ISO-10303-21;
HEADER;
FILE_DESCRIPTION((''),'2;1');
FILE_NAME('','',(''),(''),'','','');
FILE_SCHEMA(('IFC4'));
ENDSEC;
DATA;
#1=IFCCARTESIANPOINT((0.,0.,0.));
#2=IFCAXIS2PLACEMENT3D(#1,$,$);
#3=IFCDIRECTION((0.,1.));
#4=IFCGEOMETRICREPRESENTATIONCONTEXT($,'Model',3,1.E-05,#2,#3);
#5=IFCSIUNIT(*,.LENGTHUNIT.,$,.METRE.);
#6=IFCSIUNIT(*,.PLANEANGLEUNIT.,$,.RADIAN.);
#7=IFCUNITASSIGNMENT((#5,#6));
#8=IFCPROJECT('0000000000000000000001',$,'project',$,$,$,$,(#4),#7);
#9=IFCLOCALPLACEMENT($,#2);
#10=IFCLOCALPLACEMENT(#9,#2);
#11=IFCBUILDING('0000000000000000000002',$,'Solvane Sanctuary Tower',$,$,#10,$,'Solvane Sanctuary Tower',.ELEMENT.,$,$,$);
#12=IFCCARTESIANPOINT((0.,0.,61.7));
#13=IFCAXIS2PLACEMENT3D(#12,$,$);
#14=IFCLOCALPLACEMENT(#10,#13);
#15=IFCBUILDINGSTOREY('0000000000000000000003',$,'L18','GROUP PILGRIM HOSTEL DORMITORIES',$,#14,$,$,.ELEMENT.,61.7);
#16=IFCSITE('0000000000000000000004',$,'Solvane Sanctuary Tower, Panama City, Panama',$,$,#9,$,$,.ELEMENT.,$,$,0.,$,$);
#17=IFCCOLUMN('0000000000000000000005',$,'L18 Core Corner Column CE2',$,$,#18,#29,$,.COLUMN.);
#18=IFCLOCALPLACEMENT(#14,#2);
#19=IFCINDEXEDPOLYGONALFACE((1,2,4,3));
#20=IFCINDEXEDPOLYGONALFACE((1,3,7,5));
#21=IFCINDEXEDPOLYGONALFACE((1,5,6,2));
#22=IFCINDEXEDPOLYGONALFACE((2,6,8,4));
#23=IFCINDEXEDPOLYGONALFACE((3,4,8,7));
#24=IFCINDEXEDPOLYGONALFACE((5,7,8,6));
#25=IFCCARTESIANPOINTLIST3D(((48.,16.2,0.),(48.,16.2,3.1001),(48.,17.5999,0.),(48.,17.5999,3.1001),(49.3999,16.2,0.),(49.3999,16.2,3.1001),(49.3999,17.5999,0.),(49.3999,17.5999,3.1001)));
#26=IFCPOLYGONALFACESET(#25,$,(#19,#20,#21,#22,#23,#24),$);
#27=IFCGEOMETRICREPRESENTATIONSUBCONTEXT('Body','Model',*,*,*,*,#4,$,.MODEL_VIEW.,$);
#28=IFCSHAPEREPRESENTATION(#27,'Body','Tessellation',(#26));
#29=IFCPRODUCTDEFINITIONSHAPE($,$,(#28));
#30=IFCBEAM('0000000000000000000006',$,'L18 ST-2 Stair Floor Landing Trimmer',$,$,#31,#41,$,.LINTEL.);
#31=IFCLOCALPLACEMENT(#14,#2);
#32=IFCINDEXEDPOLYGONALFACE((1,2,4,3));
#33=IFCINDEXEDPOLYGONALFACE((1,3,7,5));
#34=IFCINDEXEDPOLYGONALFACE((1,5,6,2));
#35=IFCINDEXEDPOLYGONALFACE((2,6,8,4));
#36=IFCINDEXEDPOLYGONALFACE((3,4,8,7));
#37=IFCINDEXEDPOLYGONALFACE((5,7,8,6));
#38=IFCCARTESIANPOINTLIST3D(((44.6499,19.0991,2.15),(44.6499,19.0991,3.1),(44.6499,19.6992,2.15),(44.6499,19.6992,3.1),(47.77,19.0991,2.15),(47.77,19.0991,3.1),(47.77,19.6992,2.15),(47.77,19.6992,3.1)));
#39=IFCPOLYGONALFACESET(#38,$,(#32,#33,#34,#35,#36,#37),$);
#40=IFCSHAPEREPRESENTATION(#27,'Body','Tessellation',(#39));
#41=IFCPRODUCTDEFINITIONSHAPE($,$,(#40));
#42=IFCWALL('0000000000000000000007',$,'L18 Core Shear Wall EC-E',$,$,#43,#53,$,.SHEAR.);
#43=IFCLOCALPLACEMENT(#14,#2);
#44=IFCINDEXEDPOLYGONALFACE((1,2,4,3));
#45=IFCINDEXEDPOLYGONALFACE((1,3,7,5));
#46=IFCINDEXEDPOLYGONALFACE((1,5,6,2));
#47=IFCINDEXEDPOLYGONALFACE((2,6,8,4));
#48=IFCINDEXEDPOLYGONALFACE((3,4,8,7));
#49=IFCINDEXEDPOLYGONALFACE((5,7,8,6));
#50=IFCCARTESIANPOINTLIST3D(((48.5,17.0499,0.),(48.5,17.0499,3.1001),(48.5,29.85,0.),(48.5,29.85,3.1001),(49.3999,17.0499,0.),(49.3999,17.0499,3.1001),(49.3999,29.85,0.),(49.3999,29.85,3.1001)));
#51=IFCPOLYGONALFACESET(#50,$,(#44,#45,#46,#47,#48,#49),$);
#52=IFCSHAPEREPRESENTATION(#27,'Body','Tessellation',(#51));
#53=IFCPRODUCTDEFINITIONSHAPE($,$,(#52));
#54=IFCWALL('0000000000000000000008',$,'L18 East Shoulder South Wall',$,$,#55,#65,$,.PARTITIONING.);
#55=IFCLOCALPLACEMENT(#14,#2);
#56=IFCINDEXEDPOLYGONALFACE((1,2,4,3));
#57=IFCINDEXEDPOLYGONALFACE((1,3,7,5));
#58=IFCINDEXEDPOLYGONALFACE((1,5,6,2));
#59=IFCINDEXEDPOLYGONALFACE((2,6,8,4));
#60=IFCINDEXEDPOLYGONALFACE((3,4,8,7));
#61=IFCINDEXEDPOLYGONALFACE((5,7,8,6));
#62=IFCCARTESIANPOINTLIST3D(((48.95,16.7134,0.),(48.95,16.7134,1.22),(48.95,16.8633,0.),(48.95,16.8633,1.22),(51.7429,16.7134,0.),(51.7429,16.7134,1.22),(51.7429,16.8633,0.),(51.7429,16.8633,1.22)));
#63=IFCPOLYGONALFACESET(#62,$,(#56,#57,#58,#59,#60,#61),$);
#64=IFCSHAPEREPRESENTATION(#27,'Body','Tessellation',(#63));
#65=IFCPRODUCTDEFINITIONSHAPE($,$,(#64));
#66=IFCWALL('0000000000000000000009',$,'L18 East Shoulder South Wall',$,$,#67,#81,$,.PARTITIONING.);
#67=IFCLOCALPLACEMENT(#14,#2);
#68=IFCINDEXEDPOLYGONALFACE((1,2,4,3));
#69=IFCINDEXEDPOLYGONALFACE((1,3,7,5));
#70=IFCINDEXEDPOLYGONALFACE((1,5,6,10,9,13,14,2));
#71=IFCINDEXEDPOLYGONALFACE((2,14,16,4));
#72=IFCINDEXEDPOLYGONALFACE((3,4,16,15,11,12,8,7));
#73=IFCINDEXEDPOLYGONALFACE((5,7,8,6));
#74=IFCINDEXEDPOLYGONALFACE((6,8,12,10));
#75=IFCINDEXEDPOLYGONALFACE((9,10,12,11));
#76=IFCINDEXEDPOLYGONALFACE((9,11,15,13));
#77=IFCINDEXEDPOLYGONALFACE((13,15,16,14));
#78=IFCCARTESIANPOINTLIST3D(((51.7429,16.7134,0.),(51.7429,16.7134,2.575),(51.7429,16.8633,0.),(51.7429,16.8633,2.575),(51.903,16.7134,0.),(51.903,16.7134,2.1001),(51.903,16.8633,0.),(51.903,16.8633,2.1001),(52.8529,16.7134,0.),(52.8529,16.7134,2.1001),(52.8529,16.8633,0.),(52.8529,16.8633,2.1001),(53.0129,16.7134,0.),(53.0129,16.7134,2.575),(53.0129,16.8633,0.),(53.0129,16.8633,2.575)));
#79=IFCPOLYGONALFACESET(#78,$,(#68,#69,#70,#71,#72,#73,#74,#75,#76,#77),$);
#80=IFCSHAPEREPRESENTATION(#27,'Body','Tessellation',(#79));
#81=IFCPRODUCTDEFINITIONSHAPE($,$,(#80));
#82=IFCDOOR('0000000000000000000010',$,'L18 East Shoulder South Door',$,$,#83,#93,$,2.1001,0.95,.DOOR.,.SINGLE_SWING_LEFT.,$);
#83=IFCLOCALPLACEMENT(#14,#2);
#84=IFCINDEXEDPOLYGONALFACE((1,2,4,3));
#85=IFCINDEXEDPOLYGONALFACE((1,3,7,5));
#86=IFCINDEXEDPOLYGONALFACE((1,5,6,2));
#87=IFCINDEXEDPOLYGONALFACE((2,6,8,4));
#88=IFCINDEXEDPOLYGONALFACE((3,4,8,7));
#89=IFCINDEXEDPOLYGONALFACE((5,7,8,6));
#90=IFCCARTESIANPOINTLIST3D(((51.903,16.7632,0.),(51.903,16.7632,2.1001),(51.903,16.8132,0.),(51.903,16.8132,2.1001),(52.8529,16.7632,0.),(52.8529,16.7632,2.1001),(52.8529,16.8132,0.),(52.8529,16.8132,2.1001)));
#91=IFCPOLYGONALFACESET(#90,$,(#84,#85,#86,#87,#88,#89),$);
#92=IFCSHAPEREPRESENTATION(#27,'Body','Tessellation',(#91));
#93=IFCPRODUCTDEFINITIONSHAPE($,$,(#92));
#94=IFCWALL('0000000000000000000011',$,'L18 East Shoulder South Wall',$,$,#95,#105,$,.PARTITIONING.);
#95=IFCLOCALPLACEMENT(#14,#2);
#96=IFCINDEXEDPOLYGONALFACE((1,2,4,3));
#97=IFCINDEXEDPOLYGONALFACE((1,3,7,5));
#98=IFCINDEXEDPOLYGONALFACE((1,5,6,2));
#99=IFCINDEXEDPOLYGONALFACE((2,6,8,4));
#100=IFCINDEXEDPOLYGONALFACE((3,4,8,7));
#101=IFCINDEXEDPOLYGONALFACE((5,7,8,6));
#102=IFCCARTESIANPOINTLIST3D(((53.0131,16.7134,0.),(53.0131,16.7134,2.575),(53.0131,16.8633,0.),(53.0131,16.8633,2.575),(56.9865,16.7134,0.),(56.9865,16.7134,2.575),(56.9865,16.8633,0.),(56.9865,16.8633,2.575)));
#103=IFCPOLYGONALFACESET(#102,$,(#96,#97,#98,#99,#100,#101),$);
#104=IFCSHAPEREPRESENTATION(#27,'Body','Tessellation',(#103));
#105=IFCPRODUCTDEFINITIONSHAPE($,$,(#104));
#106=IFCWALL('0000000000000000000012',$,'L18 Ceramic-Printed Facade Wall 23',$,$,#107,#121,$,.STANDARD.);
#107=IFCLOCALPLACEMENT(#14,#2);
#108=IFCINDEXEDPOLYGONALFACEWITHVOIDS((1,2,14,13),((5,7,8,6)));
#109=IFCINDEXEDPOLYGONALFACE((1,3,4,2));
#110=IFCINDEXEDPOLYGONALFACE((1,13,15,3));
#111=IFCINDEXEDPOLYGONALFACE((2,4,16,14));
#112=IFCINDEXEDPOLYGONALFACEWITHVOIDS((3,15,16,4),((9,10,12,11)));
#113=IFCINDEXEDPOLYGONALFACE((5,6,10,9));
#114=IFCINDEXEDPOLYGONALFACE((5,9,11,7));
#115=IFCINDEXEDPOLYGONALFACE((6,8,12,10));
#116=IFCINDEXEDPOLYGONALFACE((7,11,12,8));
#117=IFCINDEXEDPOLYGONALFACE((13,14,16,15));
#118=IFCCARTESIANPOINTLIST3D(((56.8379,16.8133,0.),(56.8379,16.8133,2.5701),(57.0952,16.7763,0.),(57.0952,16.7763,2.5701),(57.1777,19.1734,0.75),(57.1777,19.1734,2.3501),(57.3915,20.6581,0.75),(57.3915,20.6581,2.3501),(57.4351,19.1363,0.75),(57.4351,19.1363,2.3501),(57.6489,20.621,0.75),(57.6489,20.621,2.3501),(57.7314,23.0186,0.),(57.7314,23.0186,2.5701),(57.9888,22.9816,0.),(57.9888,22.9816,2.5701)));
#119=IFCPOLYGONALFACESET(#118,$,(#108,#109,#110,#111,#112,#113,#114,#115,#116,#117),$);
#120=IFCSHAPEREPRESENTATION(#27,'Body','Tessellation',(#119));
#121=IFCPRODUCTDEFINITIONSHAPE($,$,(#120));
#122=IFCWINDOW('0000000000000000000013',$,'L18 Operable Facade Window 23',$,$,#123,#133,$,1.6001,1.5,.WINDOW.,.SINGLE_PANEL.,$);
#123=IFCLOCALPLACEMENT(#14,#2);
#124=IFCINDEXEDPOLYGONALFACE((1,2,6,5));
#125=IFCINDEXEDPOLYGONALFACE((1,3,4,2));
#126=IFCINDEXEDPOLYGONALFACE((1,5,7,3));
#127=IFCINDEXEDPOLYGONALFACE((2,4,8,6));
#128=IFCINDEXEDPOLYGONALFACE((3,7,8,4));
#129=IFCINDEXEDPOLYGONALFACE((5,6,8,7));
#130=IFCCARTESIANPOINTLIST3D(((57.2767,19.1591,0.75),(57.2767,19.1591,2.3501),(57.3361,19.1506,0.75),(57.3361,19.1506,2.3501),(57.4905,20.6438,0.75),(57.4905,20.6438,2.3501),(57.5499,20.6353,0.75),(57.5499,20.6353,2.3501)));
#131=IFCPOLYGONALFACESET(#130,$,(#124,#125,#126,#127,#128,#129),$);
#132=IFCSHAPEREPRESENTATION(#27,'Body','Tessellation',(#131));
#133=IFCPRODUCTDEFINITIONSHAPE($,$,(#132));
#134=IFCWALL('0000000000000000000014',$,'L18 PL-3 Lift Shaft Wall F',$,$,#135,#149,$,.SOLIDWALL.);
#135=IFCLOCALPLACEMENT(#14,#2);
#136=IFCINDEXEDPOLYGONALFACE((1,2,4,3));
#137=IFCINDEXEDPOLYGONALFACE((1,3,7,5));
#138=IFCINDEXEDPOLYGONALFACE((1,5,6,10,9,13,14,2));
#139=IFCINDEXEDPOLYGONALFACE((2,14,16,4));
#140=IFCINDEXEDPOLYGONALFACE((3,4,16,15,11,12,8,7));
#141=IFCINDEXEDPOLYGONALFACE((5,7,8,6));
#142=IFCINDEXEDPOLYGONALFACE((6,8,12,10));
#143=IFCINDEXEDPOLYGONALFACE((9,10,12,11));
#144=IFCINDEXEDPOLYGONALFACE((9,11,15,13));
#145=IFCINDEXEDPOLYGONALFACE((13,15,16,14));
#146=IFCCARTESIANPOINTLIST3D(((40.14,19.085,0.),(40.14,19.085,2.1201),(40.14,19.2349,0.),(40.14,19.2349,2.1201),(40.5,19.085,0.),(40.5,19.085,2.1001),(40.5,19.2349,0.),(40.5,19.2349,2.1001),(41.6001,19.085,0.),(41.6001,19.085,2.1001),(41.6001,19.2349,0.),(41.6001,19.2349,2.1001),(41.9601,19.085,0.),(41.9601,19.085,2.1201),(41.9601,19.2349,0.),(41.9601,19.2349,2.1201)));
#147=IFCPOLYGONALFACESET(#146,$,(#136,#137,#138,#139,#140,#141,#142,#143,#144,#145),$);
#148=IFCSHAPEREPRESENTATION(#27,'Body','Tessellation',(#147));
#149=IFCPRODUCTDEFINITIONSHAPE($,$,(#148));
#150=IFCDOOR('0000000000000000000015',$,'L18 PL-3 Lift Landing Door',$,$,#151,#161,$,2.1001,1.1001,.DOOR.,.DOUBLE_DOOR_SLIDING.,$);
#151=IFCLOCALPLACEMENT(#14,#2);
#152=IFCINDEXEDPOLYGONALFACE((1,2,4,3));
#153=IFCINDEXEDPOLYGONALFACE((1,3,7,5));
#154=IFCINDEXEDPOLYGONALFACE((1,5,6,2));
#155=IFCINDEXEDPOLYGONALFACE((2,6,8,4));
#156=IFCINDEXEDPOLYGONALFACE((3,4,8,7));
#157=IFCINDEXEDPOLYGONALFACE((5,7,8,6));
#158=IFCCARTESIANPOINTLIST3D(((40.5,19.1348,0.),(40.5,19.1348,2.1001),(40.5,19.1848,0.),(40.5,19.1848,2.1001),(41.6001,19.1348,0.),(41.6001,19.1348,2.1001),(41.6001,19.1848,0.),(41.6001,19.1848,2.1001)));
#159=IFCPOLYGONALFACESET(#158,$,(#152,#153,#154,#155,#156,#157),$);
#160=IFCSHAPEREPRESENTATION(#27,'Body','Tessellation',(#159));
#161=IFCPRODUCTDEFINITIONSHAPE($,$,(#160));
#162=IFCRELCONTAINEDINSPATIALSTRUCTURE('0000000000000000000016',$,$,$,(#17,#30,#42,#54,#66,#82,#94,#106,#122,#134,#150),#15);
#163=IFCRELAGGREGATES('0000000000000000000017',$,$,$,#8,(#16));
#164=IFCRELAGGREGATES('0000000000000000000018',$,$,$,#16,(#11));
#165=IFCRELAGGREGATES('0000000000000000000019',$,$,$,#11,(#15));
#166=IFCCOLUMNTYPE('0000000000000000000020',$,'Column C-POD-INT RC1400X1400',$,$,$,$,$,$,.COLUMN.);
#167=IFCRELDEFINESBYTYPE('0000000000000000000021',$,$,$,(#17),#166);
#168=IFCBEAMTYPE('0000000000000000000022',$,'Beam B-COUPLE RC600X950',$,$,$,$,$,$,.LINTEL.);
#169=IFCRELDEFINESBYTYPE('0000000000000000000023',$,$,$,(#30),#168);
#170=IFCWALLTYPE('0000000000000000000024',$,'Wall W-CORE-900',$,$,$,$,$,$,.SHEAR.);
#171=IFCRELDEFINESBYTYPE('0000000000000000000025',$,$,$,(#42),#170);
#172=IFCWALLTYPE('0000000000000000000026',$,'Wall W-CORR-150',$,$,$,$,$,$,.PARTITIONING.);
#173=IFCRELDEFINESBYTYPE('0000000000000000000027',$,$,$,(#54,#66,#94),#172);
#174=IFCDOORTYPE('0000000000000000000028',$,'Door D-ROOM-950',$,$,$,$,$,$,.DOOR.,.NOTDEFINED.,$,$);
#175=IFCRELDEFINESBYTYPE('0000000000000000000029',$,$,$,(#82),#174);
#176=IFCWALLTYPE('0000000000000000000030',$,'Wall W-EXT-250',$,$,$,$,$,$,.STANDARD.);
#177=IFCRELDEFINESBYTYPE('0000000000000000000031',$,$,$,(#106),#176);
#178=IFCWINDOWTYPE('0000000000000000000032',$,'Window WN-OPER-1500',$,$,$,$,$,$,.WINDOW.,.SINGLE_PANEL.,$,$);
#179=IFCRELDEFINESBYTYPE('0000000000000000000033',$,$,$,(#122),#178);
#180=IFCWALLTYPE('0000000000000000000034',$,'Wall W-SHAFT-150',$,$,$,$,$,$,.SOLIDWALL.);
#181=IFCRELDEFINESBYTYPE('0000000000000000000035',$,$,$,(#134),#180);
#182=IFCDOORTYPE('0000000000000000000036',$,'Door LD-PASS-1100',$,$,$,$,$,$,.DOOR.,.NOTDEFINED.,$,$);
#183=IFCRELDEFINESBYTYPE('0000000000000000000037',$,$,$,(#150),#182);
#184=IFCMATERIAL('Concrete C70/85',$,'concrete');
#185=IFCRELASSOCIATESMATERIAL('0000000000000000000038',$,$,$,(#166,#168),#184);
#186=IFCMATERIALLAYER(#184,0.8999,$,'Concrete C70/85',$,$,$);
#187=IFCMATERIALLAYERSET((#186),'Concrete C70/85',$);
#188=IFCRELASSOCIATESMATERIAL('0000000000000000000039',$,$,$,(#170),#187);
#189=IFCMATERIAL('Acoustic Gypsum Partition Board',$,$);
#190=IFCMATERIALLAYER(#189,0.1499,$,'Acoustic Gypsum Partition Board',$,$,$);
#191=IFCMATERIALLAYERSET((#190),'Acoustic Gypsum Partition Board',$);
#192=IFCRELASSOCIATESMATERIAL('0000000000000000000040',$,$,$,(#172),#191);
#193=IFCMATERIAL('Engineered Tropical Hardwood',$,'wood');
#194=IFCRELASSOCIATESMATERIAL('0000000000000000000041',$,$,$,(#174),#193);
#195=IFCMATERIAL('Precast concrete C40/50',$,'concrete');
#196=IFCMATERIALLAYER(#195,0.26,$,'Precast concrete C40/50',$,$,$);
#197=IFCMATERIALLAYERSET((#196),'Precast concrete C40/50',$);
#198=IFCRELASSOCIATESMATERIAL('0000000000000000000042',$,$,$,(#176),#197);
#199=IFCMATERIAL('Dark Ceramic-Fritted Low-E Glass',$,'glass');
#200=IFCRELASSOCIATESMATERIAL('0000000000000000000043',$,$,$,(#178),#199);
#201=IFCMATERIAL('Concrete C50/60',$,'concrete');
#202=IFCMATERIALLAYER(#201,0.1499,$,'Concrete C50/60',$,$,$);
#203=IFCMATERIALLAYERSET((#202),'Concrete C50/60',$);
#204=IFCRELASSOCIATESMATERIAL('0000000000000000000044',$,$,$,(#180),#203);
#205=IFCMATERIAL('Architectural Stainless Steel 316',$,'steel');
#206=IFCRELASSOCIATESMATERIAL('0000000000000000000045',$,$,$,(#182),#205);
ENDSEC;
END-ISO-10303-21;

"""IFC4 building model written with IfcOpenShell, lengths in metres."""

from ifc_helpers import new_model, si_unit, direction, frame, frame_2d, origin, origin_2d, place, context, subcontext, project, spatial, rectangle, extrude, material, layer, layer_set, material_profile, profile_set, type_object, element, fill, save


model = new_model("IFC4")

# Units and contexts
model_context = context("Model", 3, precision=1e-05, world=origin(), true_north=direction((0.0, 1.0)))
body_context = subcontext(model_context, "Body", "Model", "MODEL_VIEW")
ifc_project = project(units=[si_unit("LENGTHUNIT", "METRE"), si_unit("PLANEANGLEUNIT", "RADIAN")], contexts=[model_context])

# Site, building, storey
site_placement = place(None, origin())
site = spatial("IfcSite", under=ifc_project, at=site_placement, Name="Solvane Sanctuary Tower, Panama City, Panama", CompositionType="ELEMENT", RefElevation=0.0)
building_placement = place(site_placement, origin())
building = spatial("IfcBuilding", under=site, at=building_placement, Name="Solvane Sanctuary Tower", LongName="Solvane Sanctuary Tower", CompositionType="ELEMENT")
storey_placement = place(building_placement, frame((0.0, 0.0, 61.7)))
storey = spatial("IfcBuildingStorey", under=building, at=storey_placement, Name="L18", Description="GROUP PILGRIM HOSTEL DORMITORIES", CompositionType="ELEMENT", Elevation=61.7)

# Column
ifc_material_1 = material(Name="Concrete C70/85", Category="concrete")
ifc_material_profile_1 = material_profile(ifc_material_1, rectangle(XDim=1.3999, YDim=1.3999, at=origin_2d()), Name="RC1400X1400")
ifc_profile_set_1 = profile_set([ifc_material_profile_1], Name="Concrete C70/85")
column_type = type_object("IfcColumnType", Name="Column C-POD-INT RC1400X1400", PredefinedType="COLUMN", material=ifc_profile_set_1)
column_placement = place(storey_placement, frame((48.7, 16.8999, 0.0), z_axis=(0.0, 0.0, 1.0), x_axis=(1.0, 0.0, 0.0)))
element("IfcColumn", 1, at=column_placement, inside=storey, type_object=column_type, Name="L18 Core Corner Column CE2", PredefinedType="COLUMN", context=body_context, shape_type="SweptSolid", body=[
    extrude(rectangle(XDim=1.3999, YDim=1.3999, at=origin_2d()), origin(), (0.0, 0.0, 1.0), 3.1001),
])

# Beam
ifc_material_profile_2 = material_profile(ifc_material_1, rectangle(XDim=0.6001, YDim=0.95, at=origin_2d()), Name="RC600X950")
ifc_profile_set_2 = profile_set([ifc_material_profile_2], Name="Concrete C70/85")
beam_type = type_object("IfcBeamType", Name="Beam B-COUPLE RC600X950", PredefinedType="LINTEL", material=ifc_profile_set_2)
beam_placement = place(storey_placement, frame((44.6499, 19.3992, 2.625), z_axis=(1.0, 0.0, 0.0), x_axis=(0.0, 1.0, 0.0)))
element("IfcBeam", 2, at=beam_placement, inside=storey, type_object=beam_type, Name="L18 ST-2 Stair Floor Landing Trimmer", PredefinedType="LINTEL", context=body_context, shape_type="SweptSolid", body=[
    extrude(rectangle(XDim=0.6001, YDim=0.95, at=origin_2d()), origin(), (0.0, 0.0, 1.0), 3.1201),
])

# Walls
ifc_layer_1 = layer(ifc_material_1, 0.8999, Name="Concrete C70/85")
ifc_layer_set_1 = layer_set([ifc_layer_1], Name="Concrete C70/85")
wall_type_1 = type_object("IfcWallType", Name="Wall W-CORE-900", PredefinedType="SHEAR", material=ifc_layer_set_1)
wall_1_placement = place(storey_placement, frame((48.95, 17.05, 0.0), z_axis=(0.0, 0.0, 1.0), x_axis=(0.0, 1.0, 0.0)))
element("IfcWall", 3, at=wall_1_placement, inside=storey, type_object=wall_type_1, Name="L18 Core Shear Wall EC-E", PredefinedType="SHEAR", context=body_context, shape_type="SweptSolid", body=[
    extrude(rectangle(XDim=12.8, YDim=0.8999, at=frame_2d((6.3999, 0.0))), origin(), (0.0, 0.0, 1.0), 3.1001),
])
ifc_material_2 = material(Name="Acoustic Gypsum Partition Board")
ifc_layer_2 = layer(ifc_material_2, 0.1499, Name="Acoustic Gypsum Partition Board")
ifc_layer_set_2 = layer_set([ifc_layer_2], Name="Acoustic Gypsum Partition Board")
wall_type_2 = type_object("IfcWallType", Name="Wall W-CORR-150", PredefinedType="PARTITIONING", material=ifc_layer_set_2)
wall_2_placement = place(storey_placement, frame((48.95, 16.7883, 0.0), z_axis=(0.0, 0.0, 1.0), x_axis=(1.0, 0.0, 0.0)))
element("IfcWall", 4, at=wall_2_placement, inside=storey, type_object=wall_type_2, Name="L18 East Shoulder South Wall", PredefinedType="PARTITIONING", context=body_context, shape_type="SweptSolid", body=[
    extrude(rectangle(XDim=2.793, YDim=0.1499, at=frame_2d((1.3965, 0.0))), origin(), (0.0, 0.0, 1.0), 1.22),
])

# Wall, opening, door
wall_3_placement = place(storey_placement, frame((51.7429, 16.7883, 0.0), z_axis=(0.0, 0.0, 1.0), x_axis=(1.0, 0.0, 0.0)))
wall_3 = element("IfcWall", 5, at=wall_3_placement, inside=storey, type_object=wall_type_2, Name="L18 East Shoulder South Wall", PredefinedType="PARTITIONING", context=body_context, shape_type="SweptSolid", body=[
    extrude(rectangle(XDim=1.27, YDim=0.1499, at=frame_2d((0.635, 0.0))), origin(), (0.0, 0.0, 1.0), 2.575),
])
opening_1_placement = place(wall_3_placement, frame((0.1599, 0.0, 0.0)))
opening_1 = element("IfcOpeningElement", 6, at=opening_1_placement, cuts=wall_3, PredefinedType="OPENING", context=body_context, shape_type="SweptSolid", body=[
    extrude(rectangle(XDim=0.95, YDim=2.1001, at=frame_2d((0.4751, 1.05))), frame((0.0, 0.085, 0.0), z_axis=(0.0, -1.0, 0.0), x_axis=(1.0, 0.0, 0.0)), (0.0, 0.0, 1.0), 0.1699),
])
ifc_material_3 = material(Name="Engineered Tropical Hardwood", Category="wood")
door_type_1 = type_object("IfcDoorType", Name="Door D-ROOM-950", OperationType="NOTDEFINED", PredefinedType="DOOR", material=ifc_material_3)
door_1_placement = place(opening_1_placement, origin())
door_1 = element("IfcDoor", 7, at=door_1_placement, inside=storey, type_object=door_type_1, Name="L18 East Shoulder South Door", OperationType="SINGLE_SWING_LEFT", OverallHeight=2.1001, OverallWidth=0.95, PredefinedType="DOOR", context=body_context, shape_type="SweptSolid", body=[
    extrude(rectangle(XDim=0.95, YDim=2.1001, at=frame_2d((0.4751, 1.05))), frame((0.0, 0.0249, 0.0), z_axis=(0.0, -1.0, 0.0), x_axis=(1.0, 0.0, 0.0)), (0.0, 0.0, 1.0), 0.05),
])
fill(opening_1, door_1)

# Wall
wall_4_placement = place(storey_placement, frame((53.0129, 16.7883, 0.0), z_axis=(0.0, 0.0, 1.0), x_axis=(1.0, 0.0, 0.0)))
element("IfcWall", 8, at=wall_4_placement, inside=storey, type_object=wall_type_2, Name="L18 East Shoulder South Wall", PredefinedType="PARTITIONING", context=body_context, shape_type="SweptSolid", body=[
    extrude(rectangle(XDim=3.9734, YDim=0.1499, at=frame_2d((1.9868, 0.0))), origin(), (0.0, 0.0, 1.0), 2.575),
])

# Wall, opening, window
ifc_material_4 = material(Name="Precast concrete C40/50", Category="concrete")
ifc_layer_3 = layer(ifc_material_4, 0.26, Name="Precast concrete C40/50")
ifc_layer_set_3 = layer_set([ifc_layer_3], Name="Precast concrete C40/50")
wall_type_3 = type_object("IfcWallType", Name="Wall W-EXT-250", PredefinedType="STANDARD", material=ifc_layer_set_3)
wall_5_placement = place(storey_placement, frame((56.9666, 16.7947, 0.0), z_axis=(0.0, 0.0, 1.0), x_axis=(0.142528, 0.989791, 0.0)))
wall_5 = element("IfcWall", 9, at=wall_5_placement, inside=storey, type_object=wall_type_3, Name="L18 Ceramic-Printed Facade Wall 23", PredefinedType="STANDARD", context=body_context, shape_type="SweptSolid", body=[
    extrude(rectangle(XDim=6.2693, YDim=0.26, at=frame_2d((3.1348, 0.0))), origin(), (0.0, 0.0, 1.0), 2.5701),
])
opening_2_placement = place(wall_5_placement, frame((2.3845, 0.0, 0.75)))
opening_2 = element("IfcOpeningElement", 10, at=opening_2_placement, cuts=wall_5, PredefinedType="OPENING", context=body_context, shape_type="SweptSolid", body=[
    extrude(rectangle(XDim=1.5, YDim=1.6001, at=frame_2d((0.75, 0.8))), frame((0.0, 0.1399, 0.0), z_axis=(0.0, -1.0, 0.0), x_axis=(1.0, 0.0, 0.0)), (0.0, 0.0, 1.0), 0.28),
])
ifc_material_5 = material(Name="Dark Ceramic-Fritted Low-E Glass", Category="glass")
window_type = type_object("IfcWindowType", Name="Window WN-OPER-1500", PartitioningType="SINGLE_PANEL", PredefinedType="WINDOW", material=ifc_material_5)
window_placement = place(opening_2_placement, origin())
window = element("IfcWindow", 11, at=window_placement, inside=storey, type_object=window_type, Name="L18 Operable Facade Window 23", OverallHeight=1.6001, OverallWidth=1.5, PartitioningType="SINGLE_PANEL", PredefinedType="WINDOW", context=body_context, shape_type="SweptSolid", body=[
    extrude(rectangle(XDim=1.5, YDim=1.6001, at=frame_2d((0.75, 0.8))), frame((0.0, 0.03, 0.0), z_axis=(0.0, -1.0, 0.0), x_axis=(1.0, 0.0, 0.0)), (0.0, 0.0, 1.0), 0.0601),
])
fill(opening_2, window)

# Wall, opening, door
ifc_material_6 = material(Name="Concrete C50/60", Category="concrete")
ifc_layer_4 = layer(ifc_material_6, 0.1499, Name="Concrete C50/60")
ifc_layer_set_4 = layer_set([ifc_layer_4], Name="Concrete C50/60")
wall_type_4 = type_object("IfcWallType", Name="Wall W-SHAFT-150", PredefinedType="SOLIDWALL", material=ifc_layer_set_4)
wall_6_placement = place(storey_placement, frame((40.1399, 19.1599, 0.0), z_axis=(0.0, 0.0, 1.0), x_axis=(1.0, 0.0, 0.0)))
wall_6 = element("IfcWall", 12, at=wall_6_placement, inside=storey, type_object=wall_type_4, Name="L18 PL-3 Lift Shaft Wall F", PredefinedType="SOLIDWALL", context=body_context, shape_type="SweptSolid", body=[
    extrude(rectangle(XDim=1.8201, YDim=0.1499, at=frame_2d((0.9102, 0.0))), origin(), (0.0, 0.0, 1.0), 2.1201),
])
opening_3_placement = place(wall_6_placement, frame((0.3601, 0.0, 0.0)))
opening_3 = element("IfcOpeningElement", 13, at=opening_3_placement, cuts=wall_6, PredefinedType="OPENING", context=body_context, shape_type="SweptSolid", body=[
    extrude(rectangle(XDim=1.1001, YDim=2.1001, at=frame_2d((0.55, 1.05))), frame((0.0, 0.085, 0.0), z_axis=(0.0, -1.0, 0.0), x_axis=(1.0, 0.0, 0.0)), (0.0, 0.0, 1.0), 0.1699),
])
ifc_material_7 = material(Name="Architectural Stainless Steel 316", Category="steel")
door_type_2 = type_object("IfcDoorType", Name="Door LD-PASS-1100", OperationType="NOTDEFINED", PredefinedType="DOOR", material=ifc_material_7)
door_2_placement = place(opening_3_placement, origin())
door_2 = element("IfcDoor", 14, at=door_2_placement, inside=storey, type_object=door_type_2, Name="L18 PL-3 Lift Landing Door", OperationType="DOUBLE_DOOR_SLIDING", OverallHeight=2.1001, OverallWidth=1.1001, PredefinedType="DOOR", context=body_context, shape_type="SweptSolid", body=[
    extrude(rectangle(XDim=1.1001, YDim=2.1001, at=frame_2d((0.55, 1.05))), frame((0.0, 0.0249, 0.0), z_axis=(0.0, -1.0, 0.0), x_axis=(1.0, 0.0, 0.0)), (0.0, 0.0, 1.0), 0.05),
])
fill(opening_3, door_2)

save(model, "model.ifc")
